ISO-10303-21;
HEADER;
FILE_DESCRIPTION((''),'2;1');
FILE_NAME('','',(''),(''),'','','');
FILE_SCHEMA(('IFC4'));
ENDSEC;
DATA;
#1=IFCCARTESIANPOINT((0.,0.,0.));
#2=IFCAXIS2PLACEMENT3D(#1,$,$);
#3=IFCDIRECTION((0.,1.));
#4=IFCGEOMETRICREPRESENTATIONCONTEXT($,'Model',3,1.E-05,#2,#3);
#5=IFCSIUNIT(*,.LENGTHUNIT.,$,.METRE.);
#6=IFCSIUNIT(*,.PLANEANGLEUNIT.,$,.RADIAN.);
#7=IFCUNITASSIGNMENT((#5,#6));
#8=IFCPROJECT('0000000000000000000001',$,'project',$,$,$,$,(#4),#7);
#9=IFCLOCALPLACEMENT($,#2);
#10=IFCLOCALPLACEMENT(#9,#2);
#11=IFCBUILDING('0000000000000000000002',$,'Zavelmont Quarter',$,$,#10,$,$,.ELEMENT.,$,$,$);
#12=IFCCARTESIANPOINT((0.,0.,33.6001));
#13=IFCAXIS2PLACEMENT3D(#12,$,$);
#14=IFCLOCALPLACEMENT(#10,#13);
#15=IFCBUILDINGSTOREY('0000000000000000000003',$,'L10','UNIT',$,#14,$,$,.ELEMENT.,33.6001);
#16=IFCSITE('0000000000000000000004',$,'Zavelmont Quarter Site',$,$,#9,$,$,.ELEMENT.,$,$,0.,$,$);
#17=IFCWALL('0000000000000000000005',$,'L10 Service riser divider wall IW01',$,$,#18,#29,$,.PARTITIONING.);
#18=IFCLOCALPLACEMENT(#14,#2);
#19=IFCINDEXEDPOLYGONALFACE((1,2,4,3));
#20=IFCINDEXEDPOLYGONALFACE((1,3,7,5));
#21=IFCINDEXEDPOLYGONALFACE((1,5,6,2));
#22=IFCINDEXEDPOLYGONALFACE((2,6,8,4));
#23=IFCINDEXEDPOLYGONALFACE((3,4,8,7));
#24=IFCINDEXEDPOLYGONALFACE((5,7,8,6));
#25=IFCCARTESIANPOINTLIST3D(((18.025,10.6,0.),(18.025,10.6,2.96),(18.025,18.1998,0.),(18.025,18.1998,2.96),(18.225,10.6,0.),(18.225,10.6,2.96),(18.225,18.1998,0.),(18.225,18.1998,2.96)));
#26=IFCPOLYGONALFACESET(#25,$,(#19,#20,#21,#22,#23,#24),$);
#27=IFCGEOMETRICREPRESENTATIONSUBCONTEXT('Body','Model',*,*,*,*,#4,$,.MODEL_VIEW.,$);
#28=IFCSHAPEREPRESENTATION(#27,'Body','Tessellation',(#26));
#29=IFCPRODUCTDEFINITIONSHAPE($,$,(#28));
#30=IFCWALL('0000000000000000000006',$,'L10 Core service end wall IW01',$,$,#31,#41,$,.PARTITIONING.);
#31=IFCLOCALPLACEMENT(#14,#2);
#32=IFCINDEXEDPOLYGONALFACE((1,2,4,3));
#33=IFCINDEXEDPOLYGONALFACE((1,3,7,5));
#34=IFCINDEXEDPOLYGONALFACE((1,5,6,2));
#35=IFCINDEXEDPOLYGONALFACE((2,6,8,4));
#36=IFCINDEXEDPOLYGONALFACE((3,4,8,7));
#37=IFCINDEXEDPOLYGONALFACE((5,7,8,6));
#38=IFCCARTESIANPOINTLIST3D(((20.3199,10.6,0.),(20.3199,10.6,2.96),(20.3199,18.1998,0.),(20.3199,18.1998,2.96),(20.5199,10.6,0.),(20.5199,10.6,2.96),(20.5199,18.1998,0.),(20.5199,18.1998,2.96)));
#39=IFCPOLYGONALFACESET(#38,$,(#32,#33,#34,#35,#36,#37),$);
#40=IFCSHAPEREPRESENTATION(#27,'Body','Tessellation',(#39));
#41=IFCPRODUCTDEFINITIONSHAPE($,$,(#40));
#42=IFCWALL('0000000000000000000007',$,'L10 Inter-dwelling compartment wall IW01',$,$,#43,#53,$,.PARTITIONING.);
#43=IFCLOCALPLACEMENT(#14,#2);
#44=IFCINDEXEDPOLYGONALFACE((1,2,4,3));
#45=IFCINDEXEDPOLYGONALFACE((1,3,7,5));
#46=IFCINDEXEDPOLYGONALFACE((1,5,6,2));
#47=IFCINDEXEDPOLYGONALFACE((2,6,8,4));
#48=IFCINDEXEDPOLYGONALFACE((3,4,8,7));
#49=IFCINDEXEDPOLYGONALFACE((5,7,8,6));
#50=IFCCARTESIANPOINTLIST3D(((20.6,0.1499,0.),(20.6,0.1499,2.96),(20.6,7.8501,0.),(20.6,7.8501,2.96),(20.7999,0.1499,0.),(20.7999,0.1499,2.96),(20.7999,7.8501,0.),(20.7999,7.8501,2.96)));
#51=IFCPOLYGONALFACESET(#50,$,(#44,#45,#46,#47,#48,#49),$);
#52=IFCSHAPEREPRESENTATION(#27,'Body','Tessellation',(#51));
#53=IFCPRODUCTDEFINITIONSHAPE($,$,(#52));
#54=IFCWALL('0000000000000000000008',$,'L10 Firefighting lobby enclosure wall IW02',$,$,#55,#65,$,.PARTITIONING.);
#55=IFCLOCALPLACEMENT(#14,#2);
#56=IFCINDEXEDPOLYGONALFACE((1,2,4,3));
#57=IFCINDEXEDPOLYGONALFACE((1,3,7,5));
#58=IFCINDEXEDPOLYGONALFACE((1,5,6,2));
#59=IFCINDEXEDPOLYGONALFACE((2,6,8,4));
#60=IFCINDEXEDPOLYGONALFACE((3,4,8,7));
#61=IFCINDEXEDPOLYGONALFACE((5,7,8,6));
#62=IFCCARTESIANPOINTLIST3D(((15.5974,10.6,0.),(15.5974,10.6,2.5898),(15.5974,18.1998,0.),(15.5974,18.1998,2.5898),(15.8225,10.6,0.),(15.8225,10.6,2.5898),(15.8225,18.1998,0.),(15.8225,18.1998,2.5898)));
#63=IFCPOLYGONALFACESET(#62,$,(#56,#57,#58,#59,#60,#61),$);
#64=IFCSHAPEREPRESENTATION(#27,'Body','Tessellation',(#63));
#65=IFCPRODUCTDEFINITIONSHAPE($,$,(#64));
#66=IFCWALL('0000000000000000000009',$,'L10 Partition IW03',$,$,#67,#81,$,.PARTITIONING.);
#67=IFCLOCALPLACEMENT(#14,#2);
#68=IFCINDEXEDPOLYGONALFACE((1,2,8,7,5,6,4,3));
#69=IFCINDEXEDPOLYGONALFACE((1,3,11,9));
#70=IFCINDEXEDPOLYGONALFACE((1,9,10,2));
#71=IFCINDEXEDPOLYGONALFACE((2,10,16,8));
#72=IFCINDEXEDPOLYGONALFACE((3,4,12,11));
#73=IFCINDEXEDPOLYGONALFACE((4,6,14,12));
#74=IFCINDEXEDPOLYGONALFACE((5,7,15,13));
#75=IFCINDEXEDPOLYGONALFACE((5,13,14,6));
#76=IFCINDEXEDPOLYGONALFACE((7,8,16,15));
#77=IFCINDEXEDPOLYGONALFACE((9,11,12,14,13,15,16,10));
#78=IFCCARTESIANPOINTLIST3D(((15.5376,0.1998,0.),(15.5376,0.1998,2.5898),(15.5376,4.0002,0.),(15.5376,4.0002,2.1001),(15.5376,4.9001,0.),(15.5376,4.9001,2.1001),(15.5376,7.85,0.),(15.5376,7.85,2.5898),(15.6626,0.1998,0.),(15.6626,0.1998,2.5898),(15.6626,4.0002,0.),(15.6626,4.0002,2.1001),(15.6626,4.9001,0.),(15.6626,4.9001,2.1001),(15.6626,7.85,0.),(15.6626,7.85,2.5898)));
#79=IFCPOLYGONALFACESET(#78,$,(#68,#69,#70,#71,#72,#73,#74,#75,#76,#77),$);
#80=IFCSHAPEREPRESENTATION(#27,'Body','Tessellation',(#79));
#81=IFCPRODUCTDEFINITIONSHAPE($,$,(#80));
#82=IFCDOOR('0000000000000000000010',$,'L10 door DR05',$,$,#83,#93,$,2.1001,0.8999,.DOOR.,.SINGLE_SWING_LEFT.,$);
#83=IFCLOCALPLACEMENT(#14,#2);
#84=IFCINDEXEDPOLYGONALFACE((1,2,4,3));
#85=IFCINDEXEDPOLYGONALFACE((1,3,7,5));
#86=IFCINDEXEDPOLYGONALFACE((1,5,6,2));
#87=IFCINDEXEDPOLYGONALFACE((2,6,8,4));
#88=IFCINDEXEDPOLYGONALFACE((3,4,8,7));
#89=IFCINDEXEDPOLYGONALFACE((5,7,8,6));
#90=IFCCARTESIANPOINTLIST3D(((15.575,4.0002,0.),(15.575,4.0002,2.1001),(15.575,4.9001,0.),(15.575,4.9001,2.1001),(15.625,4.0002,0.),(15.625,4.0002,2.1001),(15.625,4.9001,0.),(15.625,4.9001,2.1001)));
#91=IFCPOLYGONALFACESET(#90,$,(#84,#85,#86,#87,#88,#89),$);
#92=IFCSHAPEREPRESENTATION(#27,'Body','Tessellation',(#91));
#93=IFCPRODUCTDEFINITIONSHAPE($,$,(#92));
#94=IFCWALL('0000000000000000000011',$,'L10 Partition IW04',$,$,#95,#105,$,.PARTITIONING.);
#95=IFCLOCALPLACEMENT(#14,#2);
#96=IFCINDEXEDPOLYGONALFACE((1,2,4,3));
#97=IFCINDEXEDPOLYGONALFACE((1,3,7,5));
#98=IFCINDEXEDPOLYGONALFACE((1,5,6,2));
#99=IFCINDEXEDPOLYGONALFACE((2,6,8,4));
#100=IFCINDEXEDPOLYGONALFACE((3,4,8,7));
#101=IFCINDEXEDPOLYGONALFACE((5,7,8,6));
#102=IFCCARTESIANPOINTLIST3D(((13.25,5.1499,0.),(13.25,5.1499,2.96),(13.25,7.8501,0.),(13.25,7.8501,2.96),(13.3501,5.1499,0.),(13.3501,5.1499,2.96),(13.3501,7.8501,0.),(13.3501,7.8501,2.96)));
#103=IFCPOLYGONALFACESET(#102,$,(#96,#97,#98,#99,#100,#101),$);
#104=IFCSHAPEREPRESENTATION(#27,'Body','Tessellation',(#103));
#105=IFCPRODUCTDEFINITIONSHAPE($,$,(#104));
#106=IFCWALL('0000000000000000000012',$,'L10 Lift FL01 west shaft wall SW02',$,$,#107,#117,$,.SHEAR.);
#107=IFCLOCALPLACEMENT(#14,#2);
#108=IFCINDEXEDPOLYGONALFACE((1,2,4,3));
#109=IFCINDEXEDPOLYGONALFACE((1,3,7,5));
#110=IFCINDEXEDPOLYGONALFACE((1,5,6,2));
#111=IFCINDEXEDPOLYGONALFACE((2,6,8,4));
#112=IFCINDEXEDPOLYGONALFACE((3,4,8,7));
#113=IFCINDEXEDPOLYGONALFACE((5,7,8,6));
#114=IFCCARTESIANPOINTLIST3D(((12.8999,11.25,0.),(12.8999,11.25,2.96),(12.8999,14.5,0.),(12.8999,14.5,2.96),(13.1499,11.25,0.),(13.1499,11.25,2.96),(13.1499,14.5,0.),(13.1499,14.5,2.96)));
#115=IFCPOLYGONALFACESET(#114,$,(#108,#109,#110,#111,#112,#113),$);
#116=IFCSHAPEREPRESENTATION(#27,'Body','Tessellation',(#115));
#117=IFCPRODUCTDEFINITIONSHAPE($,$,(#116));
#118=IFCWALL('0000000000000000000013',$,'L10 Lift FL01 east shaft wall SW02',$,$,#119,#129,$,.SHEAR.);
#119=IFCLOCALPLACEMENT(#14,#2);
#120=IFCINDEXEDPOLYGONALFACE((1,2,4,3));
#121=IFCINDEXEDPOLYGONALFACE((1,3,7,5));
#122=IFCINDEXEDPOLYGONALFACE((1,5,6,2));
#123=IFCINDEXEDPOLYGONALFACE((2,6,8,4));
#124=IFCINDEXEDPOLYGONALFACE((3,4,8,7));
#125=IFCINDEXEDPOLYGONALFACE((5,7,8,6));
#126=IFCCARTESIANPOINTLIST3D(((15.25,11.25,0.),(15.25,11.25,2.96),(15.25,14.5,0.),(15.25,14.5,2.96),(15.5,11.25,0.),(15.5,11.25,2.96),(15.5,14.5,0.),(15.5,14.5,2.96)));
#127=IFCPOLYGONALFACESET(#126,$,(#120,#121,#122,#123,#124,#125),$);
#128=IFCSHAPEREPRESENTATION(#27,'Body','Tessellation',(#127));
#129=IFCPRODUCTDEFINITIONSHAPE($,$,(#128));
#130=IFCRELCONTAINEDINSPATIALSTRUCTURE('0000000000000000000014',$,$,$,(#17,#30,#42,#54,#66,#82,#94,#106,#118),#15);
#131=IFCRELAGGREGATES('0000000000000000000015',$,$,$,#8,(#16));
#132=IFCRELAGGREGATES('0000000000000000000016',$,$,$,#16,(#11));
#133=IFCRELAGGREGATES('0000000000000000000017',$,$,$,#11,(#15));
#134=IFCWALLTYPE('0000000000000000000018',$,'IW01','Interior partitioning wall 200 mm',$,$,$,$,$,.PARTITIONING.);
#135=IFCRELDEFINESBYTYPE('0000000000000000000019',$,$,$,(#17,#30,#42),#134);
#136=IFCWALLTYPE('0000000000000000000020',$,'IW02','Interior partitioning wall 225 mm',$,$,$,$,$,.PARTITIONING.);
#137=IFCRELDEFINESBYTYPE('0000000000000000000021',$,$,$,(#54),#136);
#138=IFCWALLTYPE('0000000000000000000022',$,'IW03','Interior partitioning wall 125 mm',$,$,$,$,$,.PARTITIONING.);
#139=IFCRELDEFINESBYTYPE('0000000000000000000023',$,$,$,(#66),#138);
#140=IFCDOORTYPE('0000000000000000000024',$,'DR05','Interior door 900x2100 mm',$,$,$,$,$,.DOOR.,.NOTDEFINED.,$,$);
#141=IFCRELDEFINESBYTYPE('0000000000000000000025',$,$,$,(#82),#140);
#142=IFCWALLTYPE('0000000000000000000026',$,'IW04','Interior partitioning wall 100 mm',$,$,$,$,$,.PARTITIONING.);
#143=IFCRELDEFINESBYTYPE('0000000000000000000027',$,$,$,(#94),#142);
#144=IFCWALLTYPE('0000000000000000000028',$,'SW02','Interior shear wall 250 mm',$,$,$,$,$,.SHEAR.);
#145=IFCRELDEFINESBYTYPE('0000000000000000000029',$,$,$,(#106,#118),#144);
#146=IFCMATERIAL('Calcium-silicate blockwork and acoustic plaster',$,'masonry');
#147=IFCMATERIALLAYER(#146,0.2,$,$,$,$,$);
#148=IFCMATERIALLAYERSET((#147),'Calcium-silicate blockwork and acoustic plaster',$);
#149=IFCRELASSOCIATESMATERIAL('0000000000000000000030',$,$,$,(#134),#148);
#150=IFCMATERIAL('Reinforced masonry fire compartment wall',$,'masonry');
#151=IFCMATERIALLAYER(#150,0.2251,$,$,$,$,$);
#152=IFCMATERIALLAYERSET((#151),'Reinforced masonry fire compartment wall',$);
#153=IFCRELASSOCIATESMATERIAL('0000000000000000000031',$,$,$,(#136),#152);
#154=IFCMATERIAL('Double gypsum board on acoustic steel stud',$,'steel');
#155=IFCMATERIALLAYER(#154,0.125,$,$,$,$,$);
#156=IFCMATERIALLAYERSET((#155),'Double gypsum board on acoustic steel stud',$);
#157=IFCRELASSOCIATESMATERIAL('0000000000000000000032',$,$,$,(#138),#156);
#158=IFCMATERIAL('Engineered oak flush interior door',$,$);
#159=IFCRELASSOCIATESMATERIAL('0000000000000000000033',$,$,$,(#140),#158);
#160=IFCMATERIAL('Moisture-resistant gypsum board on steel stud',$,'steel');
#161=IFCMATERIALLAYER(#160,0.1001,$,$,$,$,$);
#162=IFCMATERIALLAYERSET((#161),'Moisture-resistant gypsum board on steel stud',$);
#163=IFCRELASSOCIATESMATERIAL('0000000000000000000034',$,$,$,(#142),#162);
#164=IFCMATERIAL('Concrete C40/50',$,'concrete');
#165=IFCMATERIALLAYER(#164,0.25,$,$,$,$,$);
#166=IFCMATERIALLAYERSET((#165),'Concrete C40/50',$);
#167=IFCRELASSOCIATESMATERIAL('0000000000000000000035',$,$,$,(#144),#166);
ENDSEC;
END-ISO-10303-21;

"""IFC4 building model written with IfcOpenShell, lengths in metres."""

from ifc_helpers import new_model, si_unit, direction, frame, frame_2d, origin, origin_with_axes, place, context, subcontext, project, spatial, rectangle, extrude, material, layer, layer_set, type_object, element, fill, save


model = new_model("IFC4")

# Units and contexts
model_context = context("Model", 3, precision=1e-05, world=origin(), true_north=direction((0.0, 1.0)))
body_context = subcontext(model_context, "Body", "Model", "MODEL_VIEW")
ifc_project = project(units=[si_unit("LENGTHUNIT", "METRE"), si_unit("PLANEANGLEUNIT", "RADIAN")], contexts=[model_context])

# Site, building, storey
site_placement = place(None, origin())
site = spatial("IfcSite", under=ifc_project, at=site_placement, Name="Zavelmont Quarter Site", CompositionType="ELEMENT", RefElevation=0.0)
building_placement = place(site_placement, origin())
building = spatial("IfcBuilding", under=site, at=building_placement, Name="Zavelmont Quarter", CompositionType="ELEMENT")
storey_placement = place(building_placement, frame((0.0, 0.0, 33.6001)))
storey = spatial("IfcBuildingStorey", under=building, at=storey_placement, Name="L10", Description="UNIT", CompositionType="ELEMENT", Elevation=33.6001)

# Shared definitions
ifc_material_1 = material(Name="Concrete C40/50", Category="concrete")

# Walls
ifc_material_2 = material(Name="Calcium-silicate blockwork and acoustic plaster", Category="masonry")
ifc_layer_1 = layer(ifc_material_2, 0.2)
ifc_layer_set_1 = layer_set([ifc_layer_1], Name="Calcium-silicate blockwork and acoustic plaster")
wall_type_1 = type_object("IfcWallType", Name="IW01", Description="Interior partitioning wall 200 mm", PredefinedType="PARTITIONING", material=ifc_layer_set_1)
for number, where, z_axis, x_axis, name in (
    (1, (18.125, 10.6001, 0.0), (0.0, 0.0, 1.0), (0.0, 1.0, 0.0), "L10 Service riser divider wall IW01"),
    (2, (20.4199, 10.6001, 0.0), (0.0, 0.0, 1.0), (0.0, 1.0, 0.0), "L10 Core service end wall IW01"),
):
    element("IfcWall", number, at=place(storey_placement, frame(where, z_axis=z_axis, x_axis=x_axis)), inside=storey, type_object=wall_type_1, Name=name, PredefinedType="PARTITIONING", context=body_context, shape_type="SweptSolid", body=[
        extrude(rectangle(XDim=7.5999, YDim=0.2, at=frame_2d((3.7998, 0.0))), origin(), (0.0, 0.0, 1.0), 2.96),
    ])
wall_1_placement = place(storey_placement, frame((20.7, 7.8501, 0.0), z_axis=(0.0, 0.0, 1.0), x_axis=(0.0, -1.0, 0.0)))
element("IfcWall", 3, at=wall_1_placement, inside=storey, type_object=wall_type_1, Name="L10 Inter-dwelling compartment wall IW01", PredefinedType="PARTITIONING", context=body_context, shape_type="SweptSolid", body=[
    extrude(rectangle(XDim=7.7002, YDim=0.2, at=frame_2d((3.8501, 0.0))), origin(), (0.0, 0.0, 1.0), 2.96),
])
ifc_material_3 = material(Name="Reinforced masonry fire compartment wall", Category="masonry")
ifc_layer_2 = layer(ifc_material_3, 0.2251)
ifc_layer_set_2 = layer_set([ifc_layer_2], Name="Reinforced masonry fire compartment wall")
wall_type_2 = type_object("IfcWallType", Name="IW02", Description="Interior partitioning wall 225 mm", PredefinedType="PARTITIONING", material=ifc_layer_set_2)
wall_2_placement = place(storey_placement, frame((15.71, 10.6001, 0.0), z_axis=(0.0, 0.0, 1.0), x_axis=(0.0, 1.0, 0.0)))
element("IfcWall", 4, at=wall_2_placement, inside=storey, type_object=wall_type_2, Name="L10 Firefighting lobby enclosure wall IW02", PredefinedType="PARTITIONING", context=body_context, shape_type="SweptSolid", body=[
    extrude(rectangle(XDim=7.5999, YDim=0.2251, at=frame_2d((3.7998, 0.0))), origin(), (0.0, 0.0, 1.0), 2.5898),
])

# Wall, opening, door
ifc_material_4 = material(Name="Double gypsum board on acoustic steel stud", Category="steel")
ifc_layer_3 = layer(ifc_material_4, 0.125)
ifc_layer_set_3 = layer_set([ifc_layer_3], Name="Double gypsum board on acoustic steel stud")
wall_type_3 = type_object("IfcWallType", Name="IW03", Description="Interior partitioning wall 125 mm", PredefinedType="PARTITIONING", material=ifc_layer_set_3)
wall_3_placement = place(storey_placement, frame((15.6001, 7.8501, 0.0), z_axis=(0.0, 0.0, 1.0), x_axis=(0.0, -1.0, 0.0)))
wall_3 = element("IfcWall", 5, at=wall_3_placement, inside=storey, type_object=wall_type_3, Name="L10 Partition IW03", PredefinedType="PARTITIONING", context=body_context, shape_type="SweptSolid", body=[
    extrude(rectangle(XDim=7.6501, YDim=0.125, at=frame_2d((3.8252, 0.0))), origin(), (0.0, 0.0, 1.0), 2.5898),
])
opening_placement = place(wall_3_placement, frame((2.95, 0.0, 0.0)))
opening = element("IfcOpeningElement", 6, at=opening_placement, cuts=wall_3, PredefinedType="OPENING", context=body_context, shape_type="SweptSolid", body=[
    extrude(rectangle(XDim=0.8999, YDim=2.1001, at=frame_2d((0.45, 1.05))), frame((0.0, 0.0745, 0.0), z_axis=(0.0, -1.0, 0.0), x_axis=(1.0, 0.0, 0.0)), (0.0, 0.0, 1.0), 0.1489),
])
ifc_material_5 = material(Name="Engineered oak flush interior door")
door_type = type_object("IfcDoorType", Name="DR05", Description="Interior door 900x2100 mm", OperationType="NOTDEFINED", PredefinedType="DOOR", material=ifc_material_5)
door_placement = place(opening_placement, origin_with_axes())
door = element("IfcDoor", 7, at=door_placement, inside=storey, type_object=door_type, Name="L10 door DR05", OperationType="SINGLE_SWING_LEFT", OverallHeight=2.1001, OverallWidth=0.8999, PredefinedType="DOOR", context=body_context, shape_type="SweptSolid", body=[
    extrude(rectangle(XDim=0.8999, YDim=2.1001, at=frame_2d((0.45, 1.05))), frame((0.0, 0.0249, 0.0), z_axis=(0.0, -1.0, 0.0), x_axis=(1.0, 0.0, 0.0)), (0.0, 0.0, 1.0), 0.05),
])
fill(opening, door)

# Walls
ifc_material_6 = material(Name="Moisture-resistant gypsum board on steel stud", Category="steel")
ifc_layer_4 = layer(ifc_material_6, 0.1001)
ifc_layer_set_4 = layer_set([ifc_layer_4], Name="Moisture-resistant gypsum board on steel stud")
wall_type_4 = type_object("IfcWallType", Name="IW04", Description="Interior partitioning wall 100 mm", PredefinedType="PARTITIONING", material=ifc_layer_set_4)
wall_4_placement = place(storey_placement, frame((13.3, 7.8501, 0.0), z_axis=(0.0, 0.0, 1.0), x_axis=(0.0, -1.0, 0.0)))
element("IfcWall", 8, at=wall_4_placement, inside=storey, type_object=wall_type_4, Name="L10 Partition IW04", PredefinedType="PARTITIONING", context=body_context, shape_type="SweptSolid", body=[
    extrude(rectangle(XDim=2.7002, YDim=0.1001, at=frame_2d((1.3501, 0.0))), origin(), (0.0, 0.0, 1.0), 2.96),
])
ifc_layer_5 = layer(ifc_material_1, 0.25)
ifc_layer_set_5 = layer_set([ifc_layer_5], Name="Concrete C40/50")
wall_type_5 = type_object("IfcWallType", Name="SW02", Description="Interior shear wall 250 mm", PredefinedType="SHEAR", material=ifc_layer_set_5)
for number, where, z_axis, x_axis, name in (
    (9, (13.0249, 11.25, 0.0), (0.0, 0.0, 1.0), (0.0, 1.0, 0.0), "L10 Lift FL01 west shaft wall SW02"),
    (10, (15.375, 11.25, 0.0), (0.0, 0.0, 1.0), (0.0, 1.0, 0.0), "L10 Lift FL01 east shaft wall SW02"),
):
    element("IfcWall", number, at=place(storey_placement, frame(where, z_axis=z_axis, x_axis=x_axis)), inside=storey, type_object=wall_type_5, Name=name, PredefinedType="SHEAR", context=body_context, shape_type="SweptSolid", body=[
        extrude(rectangle(XDim=3.25, YDim=0.25, at=frame_2d((1.625, 0.0))), origin(), (0.0, 0.0, 1.0), 2.96),
    ])

save(model, "model.ifc")
